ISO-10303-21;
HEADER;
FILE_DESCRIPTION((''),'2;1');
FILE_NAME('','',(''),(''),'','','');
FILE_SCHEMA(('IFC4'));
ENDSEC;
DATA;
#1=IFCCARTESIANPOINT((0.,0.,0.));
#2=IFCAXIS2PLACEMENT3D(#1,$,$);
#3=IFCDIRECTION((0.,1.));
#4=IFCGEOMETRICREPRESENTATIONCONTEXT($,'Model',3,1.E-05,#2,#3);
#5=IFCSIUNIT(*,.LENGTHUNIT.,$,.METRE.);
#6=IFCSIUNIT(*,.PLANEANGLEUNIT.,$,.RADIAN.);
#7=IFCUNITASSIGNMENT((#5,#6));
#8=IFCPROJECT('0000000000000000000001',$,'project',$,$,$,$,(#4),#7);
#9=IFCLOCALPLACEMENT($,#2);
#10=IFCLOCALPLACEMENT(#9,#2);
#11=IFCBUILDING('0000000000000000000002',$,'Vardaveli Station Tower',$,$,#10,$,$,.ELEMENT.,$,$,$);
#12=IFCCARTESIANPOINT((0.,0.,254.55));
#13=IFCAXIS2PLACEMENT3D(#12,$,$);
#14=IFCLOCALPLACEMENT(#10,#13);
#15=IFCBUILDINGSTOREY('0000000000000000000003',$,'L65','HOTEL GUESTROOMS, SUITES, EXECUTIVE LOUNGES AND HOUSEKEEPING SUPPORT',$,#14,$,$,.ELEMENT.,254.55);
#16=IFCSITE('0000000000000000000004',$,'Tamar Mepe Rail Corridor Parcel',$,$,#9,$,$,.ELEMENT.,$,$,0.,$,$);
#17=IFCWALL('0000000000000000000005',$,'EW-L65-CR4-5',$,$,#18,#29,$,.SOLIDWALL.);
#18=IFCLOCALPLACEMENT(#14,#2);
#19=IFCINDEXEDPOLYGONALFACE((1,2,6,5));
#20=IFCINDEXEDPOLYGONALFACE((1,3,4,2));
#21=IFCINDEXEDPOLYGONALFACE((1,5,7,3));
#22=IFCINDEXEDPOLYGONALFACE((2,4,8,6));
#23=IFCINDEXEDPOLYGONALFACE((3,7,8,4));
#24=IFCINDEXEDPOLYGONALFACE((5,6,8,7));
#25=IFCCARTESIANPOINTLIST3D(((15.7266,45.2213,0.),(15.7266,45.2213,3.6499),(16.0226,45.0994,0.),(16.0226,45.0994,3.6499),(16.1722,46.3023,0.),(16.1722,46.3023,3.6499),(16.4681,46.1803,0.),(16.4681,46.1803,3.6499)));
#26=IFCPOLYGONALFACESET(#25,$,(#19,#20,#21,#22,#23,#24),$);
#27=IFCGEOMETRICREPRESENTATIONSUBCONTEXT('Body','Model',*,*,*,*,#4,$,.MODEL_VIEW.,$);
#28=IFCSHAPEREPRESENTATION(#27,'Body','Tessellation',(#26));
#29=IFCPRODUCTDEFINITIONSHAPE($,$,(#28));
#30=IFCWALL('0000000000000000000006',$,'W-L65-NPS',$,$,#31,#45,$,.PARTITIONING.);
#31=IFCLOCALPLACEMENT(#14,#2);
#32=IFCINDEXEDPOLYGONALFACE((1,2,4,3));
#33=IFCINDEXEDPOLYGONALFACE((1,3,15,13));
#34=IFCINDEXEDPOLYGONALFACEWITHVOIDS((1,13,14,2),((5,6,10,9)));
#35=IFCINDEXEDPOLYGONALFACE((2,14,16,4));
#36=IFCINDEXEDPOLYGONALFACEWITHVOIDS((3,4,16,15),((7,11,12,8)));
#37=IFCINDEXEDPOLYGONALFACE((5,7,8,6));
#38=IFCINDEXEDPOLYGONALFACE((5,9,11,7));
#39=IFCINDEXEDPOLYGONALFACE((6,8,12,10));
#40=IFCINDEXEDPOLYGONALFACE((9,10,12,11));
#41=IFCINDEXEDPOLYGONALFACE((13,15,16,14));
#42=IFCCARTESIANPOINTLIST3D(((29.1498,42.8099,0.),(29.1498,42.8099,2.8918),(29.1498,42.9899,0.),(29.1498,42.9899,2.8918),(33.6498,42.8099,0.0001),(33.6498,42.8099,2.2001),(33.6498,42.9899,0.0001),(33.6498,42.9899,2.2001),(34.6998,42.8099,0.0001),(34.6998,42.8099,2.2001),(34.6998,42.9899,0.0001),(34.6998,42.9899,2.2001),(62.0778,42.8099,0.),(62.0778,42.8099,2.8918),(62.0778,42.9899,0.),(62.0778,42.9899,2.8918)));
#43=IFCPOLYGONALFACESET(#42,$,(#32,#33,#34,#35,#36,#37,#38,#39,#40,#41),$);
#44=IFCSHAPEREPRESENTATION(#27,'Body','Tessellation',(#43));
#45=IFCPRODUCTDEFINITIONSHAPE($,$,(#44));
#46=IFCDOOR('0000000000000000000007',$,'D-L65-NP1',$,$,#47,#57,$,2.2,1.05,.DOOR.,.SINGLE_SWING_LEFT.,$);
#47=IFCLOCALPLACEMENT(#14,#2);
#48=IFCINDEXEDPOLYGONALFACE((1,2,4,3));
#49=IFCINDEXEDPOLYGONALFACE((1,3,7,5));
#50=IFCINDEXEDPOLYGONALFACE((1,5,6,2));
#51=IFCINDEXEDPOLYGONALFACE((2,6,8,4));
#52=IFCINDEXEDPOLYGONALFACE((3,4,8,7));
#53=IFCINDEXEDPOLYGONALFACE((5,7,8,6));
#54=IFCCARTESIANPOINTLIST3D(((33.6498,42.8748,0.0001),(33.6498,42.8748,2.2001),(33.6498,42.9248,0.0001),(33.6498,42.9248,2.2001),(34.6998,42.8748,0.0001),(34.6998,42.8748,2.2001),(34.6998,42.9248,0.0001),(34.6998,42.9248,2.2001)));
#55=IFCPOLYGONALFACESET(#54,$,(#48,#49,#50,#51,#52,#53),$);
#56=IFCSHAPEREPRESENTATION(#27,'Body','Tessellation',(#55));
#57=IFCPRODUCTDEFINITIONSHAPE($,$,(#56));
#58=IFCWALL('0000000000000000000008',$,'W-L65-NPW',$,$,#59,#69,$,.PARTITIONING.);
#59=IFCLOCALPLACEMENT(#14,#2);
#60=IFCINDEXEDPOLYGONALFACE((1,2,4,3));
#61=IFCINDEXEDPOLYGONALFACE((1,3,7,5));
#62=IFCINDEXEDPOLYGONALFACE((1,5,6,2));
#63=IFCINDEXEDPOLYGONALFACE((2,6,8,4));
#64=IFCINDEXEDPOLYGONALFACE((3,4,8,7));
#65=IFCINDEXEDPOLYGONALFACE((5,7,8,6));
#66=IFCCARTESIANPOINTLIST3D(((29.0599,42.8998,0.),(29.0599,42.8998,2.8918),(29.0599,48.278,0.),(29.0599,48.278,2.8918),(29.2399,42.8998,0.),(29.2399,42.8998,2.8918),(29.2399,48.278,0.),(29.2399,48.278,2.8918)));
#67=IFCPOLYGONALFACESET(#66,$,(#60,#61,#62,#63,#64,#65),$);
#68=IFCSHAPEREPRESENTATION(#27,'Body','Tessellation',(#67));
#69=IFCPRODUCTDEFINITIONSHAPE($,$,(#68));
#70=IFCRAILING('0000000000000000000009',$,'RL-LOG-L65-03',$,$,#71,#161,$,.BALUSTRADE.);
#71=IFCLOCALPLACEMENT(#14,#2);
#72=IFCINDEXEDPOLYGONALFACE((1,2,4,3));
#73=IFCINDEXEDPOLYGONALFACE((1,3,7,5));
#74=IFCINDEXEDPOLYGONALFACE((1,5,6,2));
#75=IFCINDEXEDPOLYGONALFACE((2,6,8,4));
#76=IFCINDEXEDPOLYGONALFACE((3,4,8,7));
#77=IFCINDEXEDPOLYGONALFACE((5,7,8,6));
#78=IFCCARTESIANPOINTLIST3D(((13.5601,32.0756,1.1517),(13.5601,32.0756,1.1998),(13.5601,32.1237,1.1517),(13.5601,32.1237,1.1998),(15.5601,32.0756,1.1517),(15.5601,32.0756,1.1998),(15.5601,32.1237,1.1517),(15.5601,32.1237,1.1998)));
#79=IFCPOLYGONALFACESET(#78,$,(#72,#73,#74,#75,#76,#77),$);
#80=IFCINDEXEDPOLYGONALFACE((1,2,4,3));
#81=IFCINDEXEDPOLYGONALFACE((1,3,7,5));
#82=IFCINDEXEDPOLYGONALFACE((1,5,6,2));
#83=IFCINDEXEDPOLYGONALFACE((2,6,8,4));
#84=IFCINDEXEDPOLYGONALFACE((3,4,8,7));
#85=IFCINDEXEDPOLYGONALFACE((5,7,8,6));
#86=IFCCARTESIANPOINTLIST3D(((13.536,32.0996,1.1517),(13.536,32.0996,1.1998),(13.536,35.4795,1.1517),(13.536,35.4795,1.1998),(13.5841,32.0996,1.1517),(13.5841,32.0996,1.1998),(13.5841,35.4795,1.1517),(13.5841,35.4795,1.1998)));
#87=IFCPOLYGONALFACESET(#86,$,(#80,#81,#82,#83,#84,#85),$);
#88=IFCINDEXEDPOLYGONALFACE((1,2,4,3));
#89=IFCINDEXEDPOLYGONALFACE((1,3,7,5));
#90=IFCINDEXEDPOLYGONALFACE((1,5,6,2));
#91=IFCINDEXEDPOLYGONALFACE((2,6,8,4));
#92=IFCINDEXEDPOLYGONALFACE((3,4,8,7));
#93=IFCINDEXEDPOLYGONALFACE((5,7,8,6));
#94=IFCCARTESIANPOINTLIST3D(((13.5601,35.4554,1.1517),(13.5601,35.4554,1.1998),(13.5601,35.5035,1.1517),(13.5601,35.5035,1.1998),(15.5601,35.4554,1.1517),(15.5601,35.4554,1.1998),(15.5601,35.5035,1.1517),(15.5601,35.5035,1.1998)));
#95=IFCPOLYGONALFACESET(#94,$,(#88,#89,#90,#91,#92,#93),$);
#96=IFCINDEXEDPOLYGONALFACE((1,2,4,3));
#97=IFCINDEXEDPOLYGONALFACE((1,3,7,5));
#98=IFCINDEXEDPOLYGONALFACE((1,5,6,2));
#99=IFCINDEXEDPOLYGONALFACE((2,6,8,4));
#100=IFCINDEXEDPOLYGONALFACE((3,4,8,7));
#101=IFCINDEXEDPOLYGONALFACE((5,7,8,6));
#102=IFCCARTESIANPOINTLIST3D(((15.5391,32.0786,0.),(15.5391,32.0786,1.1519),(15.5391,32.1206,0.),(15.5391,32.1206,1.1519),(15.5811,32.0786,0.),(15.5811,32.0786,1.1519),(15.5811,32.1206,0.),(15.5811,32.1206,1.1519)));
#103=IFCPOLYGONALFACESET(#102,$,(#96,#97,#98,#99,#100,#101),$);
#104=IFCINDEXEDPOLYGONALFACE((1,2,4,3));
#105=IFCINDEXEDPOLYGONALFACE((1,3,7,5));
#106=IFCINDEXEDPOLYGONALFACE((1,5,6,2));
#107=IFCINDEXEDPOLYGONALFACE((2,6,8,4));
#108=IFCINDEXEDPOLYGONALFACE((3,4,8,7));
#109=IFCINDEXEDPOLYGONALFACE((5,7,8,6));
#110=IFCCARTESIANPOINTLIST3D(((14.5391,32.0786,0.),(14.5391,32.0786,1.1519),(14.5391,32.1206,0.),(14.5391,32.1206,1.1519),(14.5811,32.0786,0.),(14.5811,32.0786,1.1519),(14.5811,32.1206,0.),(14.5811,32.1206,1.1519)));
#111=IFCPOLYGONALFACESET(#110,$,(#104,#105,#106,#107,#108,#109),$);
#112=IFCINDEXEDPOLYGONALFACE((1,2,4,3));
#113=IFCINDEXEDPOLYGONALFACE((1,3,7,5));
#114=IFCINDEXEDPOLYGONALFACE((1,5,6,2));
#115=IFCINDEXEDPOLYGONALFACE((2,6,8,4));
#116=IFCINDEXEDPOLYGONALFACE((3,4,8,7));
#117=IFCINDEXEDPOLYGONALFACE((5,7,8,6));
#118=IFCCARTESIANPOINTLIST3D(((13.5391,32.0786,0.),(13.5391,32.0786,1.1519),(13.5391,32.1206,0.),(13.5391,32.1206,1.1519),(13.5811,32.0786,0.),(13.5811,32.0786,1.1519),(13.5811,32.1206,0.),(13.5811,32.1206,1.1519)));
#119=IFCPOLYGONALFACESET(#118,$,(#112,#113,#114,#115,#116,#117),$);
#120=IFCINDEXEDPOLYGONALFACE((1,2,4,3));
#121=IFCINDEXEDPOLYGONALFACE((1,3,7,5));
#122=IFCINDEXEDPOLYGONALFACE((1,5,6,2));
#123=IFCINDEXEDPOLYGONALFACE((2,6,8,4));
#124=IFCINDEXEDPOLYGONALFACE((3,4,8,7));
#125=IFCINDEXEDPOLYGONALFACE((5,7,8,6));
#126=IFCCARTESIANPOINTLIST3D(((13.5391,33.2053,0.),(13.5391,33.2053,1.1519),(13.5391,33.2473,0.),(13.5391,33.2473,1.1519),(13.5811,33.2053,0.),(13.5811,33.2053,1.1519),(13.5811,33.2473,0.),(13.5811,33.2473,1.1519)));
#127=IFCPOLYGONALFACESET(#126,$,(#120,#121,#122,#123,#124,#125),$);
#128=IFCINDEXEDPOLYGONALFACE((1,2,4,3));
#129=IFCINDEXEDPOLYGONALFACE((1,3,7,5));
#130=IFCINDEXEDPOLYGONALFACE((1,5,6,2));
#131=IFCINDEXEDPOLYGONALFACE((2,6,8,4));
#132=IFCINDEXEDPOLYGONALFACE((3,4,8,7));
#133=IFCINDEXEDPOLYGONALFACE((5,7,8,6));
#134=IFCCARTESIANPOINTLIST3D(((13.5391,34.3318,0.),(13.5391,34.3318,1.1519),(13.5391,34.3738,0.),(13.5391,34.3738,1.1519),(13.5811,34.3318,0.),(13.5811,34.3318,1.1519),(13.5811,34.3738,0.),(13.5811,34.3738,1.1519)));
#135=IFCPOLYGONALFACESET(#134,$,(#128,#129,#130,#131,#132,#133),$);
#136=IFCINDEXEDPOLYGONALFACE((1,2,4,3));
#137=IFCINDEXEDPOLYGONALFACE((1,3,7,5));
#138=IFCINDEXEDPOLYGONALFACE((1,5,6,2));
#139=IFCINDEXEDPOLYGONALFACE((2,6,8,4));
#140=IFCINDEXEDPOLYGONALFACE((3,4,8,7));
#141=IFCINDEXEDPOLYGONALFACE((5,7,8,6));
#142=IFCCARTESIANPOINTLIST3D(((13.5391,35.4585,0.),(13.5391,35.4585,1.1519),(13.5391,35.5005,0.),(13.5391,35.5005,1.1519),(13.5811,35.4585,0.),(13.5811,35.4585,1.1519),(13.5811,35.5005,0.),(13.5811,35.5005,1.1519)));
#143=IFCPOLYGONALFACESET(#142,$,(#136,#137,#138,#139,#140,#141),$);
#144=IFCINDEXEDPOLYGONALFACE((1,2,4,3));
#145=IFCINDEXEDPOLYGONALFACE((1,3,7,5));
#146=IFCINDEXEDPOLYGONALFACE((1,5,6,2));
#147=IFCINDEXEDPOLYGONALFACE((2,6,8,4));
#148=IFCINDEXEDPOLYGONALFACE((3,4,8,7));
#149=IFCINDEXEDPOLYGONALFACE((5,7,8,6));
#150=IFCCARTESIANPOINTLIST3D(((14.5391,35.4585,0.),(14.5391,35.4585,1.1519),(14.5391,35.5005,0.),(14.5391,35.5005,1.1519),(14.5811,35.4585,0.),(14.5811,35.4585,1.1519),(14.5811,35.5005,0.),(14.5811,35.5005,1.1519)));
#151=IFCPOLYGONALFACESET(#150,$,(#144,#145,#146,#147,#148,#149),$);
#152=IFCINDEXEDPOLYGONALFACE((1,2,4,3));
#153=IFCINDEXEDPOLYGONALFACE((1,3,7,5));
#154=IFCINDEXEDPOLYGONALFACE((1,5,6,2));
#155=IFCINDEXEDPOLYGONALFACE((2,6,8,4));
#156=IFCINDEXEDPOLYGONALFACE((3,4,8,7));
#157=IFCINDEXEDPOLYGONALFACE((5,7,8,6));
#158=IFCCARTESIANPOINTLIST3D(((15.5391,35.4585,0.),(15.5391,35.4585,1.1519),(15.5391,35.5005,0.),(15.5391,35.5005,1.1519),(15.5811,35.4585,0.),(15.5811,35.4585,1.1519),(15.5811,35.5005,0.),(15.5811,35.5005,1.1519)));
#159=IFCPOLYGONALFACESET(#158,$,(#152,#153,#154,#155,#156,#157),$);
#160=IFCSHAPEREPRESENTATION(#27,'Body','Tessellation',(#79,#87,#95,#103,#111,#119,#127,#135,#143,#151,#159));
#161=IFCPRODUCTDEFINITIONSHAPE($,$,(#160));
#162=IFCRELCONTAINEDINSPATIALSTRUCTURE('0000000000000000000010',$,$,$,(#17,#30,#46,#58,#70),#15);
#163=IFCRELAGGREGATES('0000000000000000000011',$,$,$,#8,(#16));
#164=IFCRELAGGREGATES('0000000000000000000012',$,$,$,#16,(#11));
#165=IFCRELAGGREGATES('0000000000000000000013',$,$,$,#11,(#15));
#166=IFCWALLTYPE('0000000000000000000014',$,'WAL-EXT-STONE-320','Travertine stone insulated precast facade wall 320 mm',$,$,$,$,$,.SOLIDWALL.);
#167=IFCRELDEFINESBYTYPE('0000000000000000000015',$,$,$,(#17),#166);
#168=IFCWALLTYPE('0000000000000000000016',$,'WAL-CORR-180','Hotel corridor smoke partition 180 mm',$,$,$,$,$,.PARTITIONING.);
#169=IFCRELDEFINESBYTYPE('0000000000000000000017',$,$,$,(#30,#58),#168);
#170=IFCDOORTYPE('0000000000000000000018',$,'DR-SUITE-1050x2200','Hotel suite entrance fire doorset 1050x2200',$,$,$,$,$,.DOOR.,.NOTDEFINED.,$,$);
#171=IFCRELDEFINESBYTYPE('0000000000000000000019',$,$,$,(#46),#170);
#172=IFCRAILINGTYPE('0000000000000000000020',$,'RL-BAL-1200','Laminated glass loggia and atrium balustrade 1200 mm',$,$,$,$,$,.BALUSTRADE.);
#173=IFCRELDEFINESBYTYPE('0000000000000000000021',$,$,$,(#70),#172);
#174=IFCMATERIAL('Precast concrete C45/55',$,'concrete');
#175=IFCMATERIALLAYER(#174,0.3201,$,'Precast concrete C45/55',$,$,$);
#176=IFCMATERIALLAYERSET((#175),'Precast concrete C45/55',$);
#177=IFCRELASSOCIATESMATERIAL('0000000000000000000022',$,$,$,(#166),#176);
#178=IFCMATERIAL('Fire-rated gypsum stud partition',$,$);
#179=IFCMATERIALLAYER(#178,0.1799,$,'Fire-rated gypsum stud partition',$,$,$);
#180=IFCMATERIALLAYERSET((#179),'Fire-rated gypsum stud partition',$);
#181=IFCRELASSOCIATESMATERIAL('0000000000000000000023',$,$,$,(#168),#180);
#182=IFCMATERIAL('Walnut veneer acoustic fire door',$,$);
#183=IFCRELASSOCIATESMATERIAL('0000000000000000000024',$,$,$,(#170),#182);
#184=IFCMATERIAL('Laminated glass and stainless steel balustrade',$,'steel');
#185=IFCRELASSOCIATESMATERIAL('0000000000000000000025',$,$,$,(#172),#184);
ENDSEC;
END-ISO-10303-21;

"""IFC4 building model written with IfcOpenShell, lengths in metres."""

from ifc_helpers import new_model, si_unit, direction, frame, frame_2d, origin, origin_2d, place, context, subcontext, project, spatial, rectangle, extrude, source, transform, mapped, material, layer, layer_set, type_object, element, fill, save


model = new_model("IFC4")

# Units and contexts
model_context = context("Model", 3, precision=1e-05, world=origin(), true_north=direction((0.0, 1.0)))
body_context = subcontext(model_context, "Body", "Model", "MODEL_VIEW")
ifc_project = project(units=[si_unit("LENGTHUNIT", "METRE"), si_unit("PLANEANGLEUNIT", "RADIAN")], contexts=[model_context])

# Site, building, storey
site_placement = place(None, origin())
site = spatial("IfcSite", under=ifc_project, at=site_placement, Name="Tamar Mepe Rail Corridor Parcel", CompositionType="ELEMENT", RefElevation=0.0)
building_placement = place(site_placement, origin())
building = spatial("IfcBuilding", under=site, at=building_placement, Name="Vardaveli Station Tower", CompositionType="ELEMENT")
storey_placement = place(building_placement, frame((0.0, 0.0, 254.55)))
storey = spatial("IfcBuildingStorey", under=building, at=storey_placement, Name="L65", Description="HOTEL GUESTROOMS, SUITES, EXECUTIVE LOUNGES AND HOUSEKEEPING SUPPORT", CompositionType="ELEMENT", Elevation=254.55)

# Shared definitions
ifc_material_1 = material(Name="Precast concrete C45/55", Category="concrete")

# Shared definitions
ifc_layer_1 = layer(ifc_material_1, 0.3201, Name="Precast concrete C45/55")
ifc_layer_set_1 = layer_set([ifc_layer_1], Name="Precast concrete C45/55")
wall_type_1 = type_object("IfcWallType", Name="WAL-EXT-STONE-320", Description="Travertine stone insulated precast facade wall 320 mm", PredefinedType="SOLIDWALL", material=ifc_layer_set_1)

# Wall
shared_shape_1 = source(origin(), body_context, "Body", "SweptSolid", [
    extrude(rectangle(XDim=1.1692, YDim=0.3201, at=frame_2d((0.5845, 0.0))), origin(), (0.0, 0.0, 1.0), 3.6499),
])
for number, where, z_axis, x_axis, name in (
    (1, (16.3201, 46.2412, 0.0), (0.0, 0.0, 1.0), (-0.381054, -0.924553, 0.0), "EW-L65-CR4-5"),
):
    element("IfcWall", number, at=place(storey_placement, frame(where, z_axis=z_axis, x_axis=x_axis)), inside=storey, type_object=wall_type_1, Name=name, PredefinedType="SOLIDWALL", context=body_context, shape_type="MappedRepresentation", body=[
        mapped(shared_shape_1, transform((0.0, 0.0, 0.0), scale=1.0)),
    ])

# Wall, opening, door
ifc_material_2 = material(Name="Fire-rated gypsum stud partition")
ifc_layer_2 = layer(ifc_material_2, 0.1799, Name="Fire-rated gypsum stud partition")
ifc_layer_set_2 = layer_set([ifc_layer_2], Name="Fire-rated gypsum stud partition")
wall_type_2 = type_object("IfcWallType", Name="WAL-CORR-180", Description="Hotel corridor smoke partition 180 mm", PredefinedType="PARTITIONING", material=ifc_layer_set_2)
shared_shape_2 = source(origin(), body_context, "Body", "SweptSolid", [
    extrude(rectangle(XDim=32.928, YDim=0.1799, at=frame_2d((16.4639, 0.0))), origin(), (0.0, 0.0, 1.0), 2.8918),
])
wall_1_placement = place(storey_placement, frame((29.1499, 42.8999, 0.0), z_axis=(0.0, 0.0, 1.0), x_axis=(1.0, 0.0, 0.0)))
wall_1 = element("IfcWall", 2, at=wall_1_placement, inside=storey, type_object=wall_type_2, Name="W-L65-NPS", PredefinedType="PARTITIONING", context=body_context, shape_type="MappedRepresentation", body=[
    mapped(shared_shape_2, transform((0.0, 0.0, 0.0), scale=1.0)),
])
shared_shape_3 = source(origin(), body_context, "Body", "SweptSolid", [
    extrude(rectangle(XDim=1.05, YDim=2.2, at=frame_2d((0.5249, 1.1001))), frame((0.0, 0.1001, 0.0), z_axis=(0.0, -1.0, 0.0), x_axis=(1.0, 0.0, 0.0)), (0.0, 0.0, 1.0), 0.2),
])
opening_1_placement = place(wall_1_placement, frame((4.5, 0.0, 0.0)))
opening_1 = element("IfcOpeningElement", 3, at=opening_1_placement, cuts=wall_1, PredefinedType="OPENING", context=body_context, shape_type="MappedRepresentation", body=[
    mapped(shared_shape_3, transform((0.0, 0.0, 0.0), scale=1.0)),
])
ifc_material_3 = material(Name="Walnut veneer acoustic fire door")
door_type_1 = type_object("IfcDoorType", Name="DR-SUITE-1050x2200", Description="Hotel suite entrance fire doorset 1050x2200", OperationType="NOTDEFINED", PredefinedType="DOOR", material=ifc_material_3)
shared_shape_4 = source(origin(), body_context, "Body", "SweptSolid", [
    extrude(rectangle(XDim=1.05, YDim=2.2, at=frame_2d((0.5249, 1.1001))), frame((0.0, 0.0249, 0.0), z_axis=(0.0, -1.0, 0.0), x_axis=(1.0, 0.0, 0.0)), (0.0, 0.0, 1.0), 0.05),
])
door_1_placement = place(opening_1_placement, origin())
door_1 = element("IfcDoor", 4, at=door_1_placement, inside=storey, type_object=door_type_1, Name="D-L65-NP1", OperationType="SINGLE_SWING_LEFT", OverallHeight=2.2, OverallWidth=1.05, PredefinedType="DOOR", context=body_context, shape_type="MappedRepresentation", body=[
    mapped(shared_shape_4, transform((0.0, 0.0, 0.0), scale=1.0)),
])
fill(opening_1, door_1)

# Wall
shared_shape_5 = source(origin(), body_context, "Body", "SweptSolid", [
    extrude(rectangle(XDim=5.3782, YDim=0.1799, at=frame_2d((2.689, 0.0))), origin(), (0.0, 0.0, 1.0), 2.8918),
])
wall_2_placement = place(storey_placement, frame((29.1499, 42.8999, 0.0), z_axis=(0.0, 0.0, 1.0), x_axis=(0.0, 1.0, 0.0)))
element("IfcWall", 5, at=wall_2_placement, inside=storey, type_object=wall_type_2, Name="W-L65-NPW", PredefinedType="PARTITIONING", context=body_context, shape_type="MappedRepresentation", body=[
    mapped(shared_shape_5, transform((0.0, 0.0, 0.0), scale=1.0)),
])

# Railing
ifc_material_4 = material(Name="Laminated glass and stainless steel balustrade", Category="steel")
railing_type = type_object("IfcRailingType", Name="RL-BAL-1200", Description="Laminated glass loggia and atrium balustrade 1200 mm", PredefinedType="BALUSTRADE", material=ifc_material_4)
shared_shape_6 = source(origin(), body_context, "Body", "SweptSolid", [
    extrude(rectangle(XDim=0.0481, YDim=0.0481, at=origin_2d()), frame((0.0, 0.0, 1.1758), z_axis=(-1.0, 0.0, 0.0), x_axis=(0.0, -1.0, 0.0)), (0.0, 0.0, 1.0), 2.0),
    extrude(rectangle(XDim=0.0481, YDim=0.0481, at=origin_2d()), frame((-2.0, 0.0, 1.1758), z_axis=(0.0, 1.0, 0.0), x_axis=(-1.0, 0.0, 0.0)), (0.0, 0.0, 1.0), 3.3799),
    extrude(rectangle(XDim=0.0481, YDim=0.0481, at=origin_2d()), frame((-2.0, 3.3799, 1.1758), z_axis=(1.0, 0.0, 0.0), x_axis=(0.0, 1.0, 0.0)), (0.0, 0.0, 1.0), 2.0),
    extrude(rectangle(XDim=0.042, YDim=0.042, at=origin_2d()), origin(), (0.0, 0.0, 1.0), 1.1519),
    extrude(rectangle(XDim=0.042, YDim=0.042, at=origin_2d()), frame((-1.0, 0.0, 0.0)), (0.0, 0.0, 1.0), 1.1519),
    extrude(rectangle(XDim=0.042, YDim=0.042, at=origin_2d()), frame((-2.0, 0.0, 0.0)), (0.0, 0.0, 1.0), 1.1519),
    extrude(rectangle(XDim=0.042, YDim=0.042, at=origin_2d()), frame((-2.0, 1.1267, 0.0)), (0.0, 0.0, 1.0), 1.1519),
    extrude(rectangle(XDim=0.042, YDim=0.042, at=origin_2d()), frame((-2.0, 2.2532, 0.0)), (0.0, 0.0, 1.0), 1.1519),
    extrude(rectangle(XDim=0.042, YDim=0.042, at=origin_2d()), frame((-2.0, 3.3799, 0.0)), (0.0, 0.0, 1.0), 1.1519),
    extrude(rectangle(XDim=0.042, YDim=0.042, at=origin_2d()), frame((-1.0, 3.3799, 0.0)), (0.0, 0.0, 1.0), 1.1519),
    extrude(rectangle(XDim=0.042, YDim=0.042, at=origin_2d()), frame((0.0, 3.3799, 0.0)), (0.0, 0.0, 1.0), 1.1519),
])
railing_placement = place(storey_placement, frame((15.5601, 32.0996, 0.0)))
element("IfcRailing", 6, at=railing_placement, inside=storey, type_object=railing_type, Name="RL-LOG-L65-03", PredefinedType="BALUSTRADE", context=body_context, shape_type="MappedRepresentation", body=[
    mapped(shared_shape_6, transform((0.0, 0.0, 0.0), scale=1.0)),
])

save(model, "model.ifc")
